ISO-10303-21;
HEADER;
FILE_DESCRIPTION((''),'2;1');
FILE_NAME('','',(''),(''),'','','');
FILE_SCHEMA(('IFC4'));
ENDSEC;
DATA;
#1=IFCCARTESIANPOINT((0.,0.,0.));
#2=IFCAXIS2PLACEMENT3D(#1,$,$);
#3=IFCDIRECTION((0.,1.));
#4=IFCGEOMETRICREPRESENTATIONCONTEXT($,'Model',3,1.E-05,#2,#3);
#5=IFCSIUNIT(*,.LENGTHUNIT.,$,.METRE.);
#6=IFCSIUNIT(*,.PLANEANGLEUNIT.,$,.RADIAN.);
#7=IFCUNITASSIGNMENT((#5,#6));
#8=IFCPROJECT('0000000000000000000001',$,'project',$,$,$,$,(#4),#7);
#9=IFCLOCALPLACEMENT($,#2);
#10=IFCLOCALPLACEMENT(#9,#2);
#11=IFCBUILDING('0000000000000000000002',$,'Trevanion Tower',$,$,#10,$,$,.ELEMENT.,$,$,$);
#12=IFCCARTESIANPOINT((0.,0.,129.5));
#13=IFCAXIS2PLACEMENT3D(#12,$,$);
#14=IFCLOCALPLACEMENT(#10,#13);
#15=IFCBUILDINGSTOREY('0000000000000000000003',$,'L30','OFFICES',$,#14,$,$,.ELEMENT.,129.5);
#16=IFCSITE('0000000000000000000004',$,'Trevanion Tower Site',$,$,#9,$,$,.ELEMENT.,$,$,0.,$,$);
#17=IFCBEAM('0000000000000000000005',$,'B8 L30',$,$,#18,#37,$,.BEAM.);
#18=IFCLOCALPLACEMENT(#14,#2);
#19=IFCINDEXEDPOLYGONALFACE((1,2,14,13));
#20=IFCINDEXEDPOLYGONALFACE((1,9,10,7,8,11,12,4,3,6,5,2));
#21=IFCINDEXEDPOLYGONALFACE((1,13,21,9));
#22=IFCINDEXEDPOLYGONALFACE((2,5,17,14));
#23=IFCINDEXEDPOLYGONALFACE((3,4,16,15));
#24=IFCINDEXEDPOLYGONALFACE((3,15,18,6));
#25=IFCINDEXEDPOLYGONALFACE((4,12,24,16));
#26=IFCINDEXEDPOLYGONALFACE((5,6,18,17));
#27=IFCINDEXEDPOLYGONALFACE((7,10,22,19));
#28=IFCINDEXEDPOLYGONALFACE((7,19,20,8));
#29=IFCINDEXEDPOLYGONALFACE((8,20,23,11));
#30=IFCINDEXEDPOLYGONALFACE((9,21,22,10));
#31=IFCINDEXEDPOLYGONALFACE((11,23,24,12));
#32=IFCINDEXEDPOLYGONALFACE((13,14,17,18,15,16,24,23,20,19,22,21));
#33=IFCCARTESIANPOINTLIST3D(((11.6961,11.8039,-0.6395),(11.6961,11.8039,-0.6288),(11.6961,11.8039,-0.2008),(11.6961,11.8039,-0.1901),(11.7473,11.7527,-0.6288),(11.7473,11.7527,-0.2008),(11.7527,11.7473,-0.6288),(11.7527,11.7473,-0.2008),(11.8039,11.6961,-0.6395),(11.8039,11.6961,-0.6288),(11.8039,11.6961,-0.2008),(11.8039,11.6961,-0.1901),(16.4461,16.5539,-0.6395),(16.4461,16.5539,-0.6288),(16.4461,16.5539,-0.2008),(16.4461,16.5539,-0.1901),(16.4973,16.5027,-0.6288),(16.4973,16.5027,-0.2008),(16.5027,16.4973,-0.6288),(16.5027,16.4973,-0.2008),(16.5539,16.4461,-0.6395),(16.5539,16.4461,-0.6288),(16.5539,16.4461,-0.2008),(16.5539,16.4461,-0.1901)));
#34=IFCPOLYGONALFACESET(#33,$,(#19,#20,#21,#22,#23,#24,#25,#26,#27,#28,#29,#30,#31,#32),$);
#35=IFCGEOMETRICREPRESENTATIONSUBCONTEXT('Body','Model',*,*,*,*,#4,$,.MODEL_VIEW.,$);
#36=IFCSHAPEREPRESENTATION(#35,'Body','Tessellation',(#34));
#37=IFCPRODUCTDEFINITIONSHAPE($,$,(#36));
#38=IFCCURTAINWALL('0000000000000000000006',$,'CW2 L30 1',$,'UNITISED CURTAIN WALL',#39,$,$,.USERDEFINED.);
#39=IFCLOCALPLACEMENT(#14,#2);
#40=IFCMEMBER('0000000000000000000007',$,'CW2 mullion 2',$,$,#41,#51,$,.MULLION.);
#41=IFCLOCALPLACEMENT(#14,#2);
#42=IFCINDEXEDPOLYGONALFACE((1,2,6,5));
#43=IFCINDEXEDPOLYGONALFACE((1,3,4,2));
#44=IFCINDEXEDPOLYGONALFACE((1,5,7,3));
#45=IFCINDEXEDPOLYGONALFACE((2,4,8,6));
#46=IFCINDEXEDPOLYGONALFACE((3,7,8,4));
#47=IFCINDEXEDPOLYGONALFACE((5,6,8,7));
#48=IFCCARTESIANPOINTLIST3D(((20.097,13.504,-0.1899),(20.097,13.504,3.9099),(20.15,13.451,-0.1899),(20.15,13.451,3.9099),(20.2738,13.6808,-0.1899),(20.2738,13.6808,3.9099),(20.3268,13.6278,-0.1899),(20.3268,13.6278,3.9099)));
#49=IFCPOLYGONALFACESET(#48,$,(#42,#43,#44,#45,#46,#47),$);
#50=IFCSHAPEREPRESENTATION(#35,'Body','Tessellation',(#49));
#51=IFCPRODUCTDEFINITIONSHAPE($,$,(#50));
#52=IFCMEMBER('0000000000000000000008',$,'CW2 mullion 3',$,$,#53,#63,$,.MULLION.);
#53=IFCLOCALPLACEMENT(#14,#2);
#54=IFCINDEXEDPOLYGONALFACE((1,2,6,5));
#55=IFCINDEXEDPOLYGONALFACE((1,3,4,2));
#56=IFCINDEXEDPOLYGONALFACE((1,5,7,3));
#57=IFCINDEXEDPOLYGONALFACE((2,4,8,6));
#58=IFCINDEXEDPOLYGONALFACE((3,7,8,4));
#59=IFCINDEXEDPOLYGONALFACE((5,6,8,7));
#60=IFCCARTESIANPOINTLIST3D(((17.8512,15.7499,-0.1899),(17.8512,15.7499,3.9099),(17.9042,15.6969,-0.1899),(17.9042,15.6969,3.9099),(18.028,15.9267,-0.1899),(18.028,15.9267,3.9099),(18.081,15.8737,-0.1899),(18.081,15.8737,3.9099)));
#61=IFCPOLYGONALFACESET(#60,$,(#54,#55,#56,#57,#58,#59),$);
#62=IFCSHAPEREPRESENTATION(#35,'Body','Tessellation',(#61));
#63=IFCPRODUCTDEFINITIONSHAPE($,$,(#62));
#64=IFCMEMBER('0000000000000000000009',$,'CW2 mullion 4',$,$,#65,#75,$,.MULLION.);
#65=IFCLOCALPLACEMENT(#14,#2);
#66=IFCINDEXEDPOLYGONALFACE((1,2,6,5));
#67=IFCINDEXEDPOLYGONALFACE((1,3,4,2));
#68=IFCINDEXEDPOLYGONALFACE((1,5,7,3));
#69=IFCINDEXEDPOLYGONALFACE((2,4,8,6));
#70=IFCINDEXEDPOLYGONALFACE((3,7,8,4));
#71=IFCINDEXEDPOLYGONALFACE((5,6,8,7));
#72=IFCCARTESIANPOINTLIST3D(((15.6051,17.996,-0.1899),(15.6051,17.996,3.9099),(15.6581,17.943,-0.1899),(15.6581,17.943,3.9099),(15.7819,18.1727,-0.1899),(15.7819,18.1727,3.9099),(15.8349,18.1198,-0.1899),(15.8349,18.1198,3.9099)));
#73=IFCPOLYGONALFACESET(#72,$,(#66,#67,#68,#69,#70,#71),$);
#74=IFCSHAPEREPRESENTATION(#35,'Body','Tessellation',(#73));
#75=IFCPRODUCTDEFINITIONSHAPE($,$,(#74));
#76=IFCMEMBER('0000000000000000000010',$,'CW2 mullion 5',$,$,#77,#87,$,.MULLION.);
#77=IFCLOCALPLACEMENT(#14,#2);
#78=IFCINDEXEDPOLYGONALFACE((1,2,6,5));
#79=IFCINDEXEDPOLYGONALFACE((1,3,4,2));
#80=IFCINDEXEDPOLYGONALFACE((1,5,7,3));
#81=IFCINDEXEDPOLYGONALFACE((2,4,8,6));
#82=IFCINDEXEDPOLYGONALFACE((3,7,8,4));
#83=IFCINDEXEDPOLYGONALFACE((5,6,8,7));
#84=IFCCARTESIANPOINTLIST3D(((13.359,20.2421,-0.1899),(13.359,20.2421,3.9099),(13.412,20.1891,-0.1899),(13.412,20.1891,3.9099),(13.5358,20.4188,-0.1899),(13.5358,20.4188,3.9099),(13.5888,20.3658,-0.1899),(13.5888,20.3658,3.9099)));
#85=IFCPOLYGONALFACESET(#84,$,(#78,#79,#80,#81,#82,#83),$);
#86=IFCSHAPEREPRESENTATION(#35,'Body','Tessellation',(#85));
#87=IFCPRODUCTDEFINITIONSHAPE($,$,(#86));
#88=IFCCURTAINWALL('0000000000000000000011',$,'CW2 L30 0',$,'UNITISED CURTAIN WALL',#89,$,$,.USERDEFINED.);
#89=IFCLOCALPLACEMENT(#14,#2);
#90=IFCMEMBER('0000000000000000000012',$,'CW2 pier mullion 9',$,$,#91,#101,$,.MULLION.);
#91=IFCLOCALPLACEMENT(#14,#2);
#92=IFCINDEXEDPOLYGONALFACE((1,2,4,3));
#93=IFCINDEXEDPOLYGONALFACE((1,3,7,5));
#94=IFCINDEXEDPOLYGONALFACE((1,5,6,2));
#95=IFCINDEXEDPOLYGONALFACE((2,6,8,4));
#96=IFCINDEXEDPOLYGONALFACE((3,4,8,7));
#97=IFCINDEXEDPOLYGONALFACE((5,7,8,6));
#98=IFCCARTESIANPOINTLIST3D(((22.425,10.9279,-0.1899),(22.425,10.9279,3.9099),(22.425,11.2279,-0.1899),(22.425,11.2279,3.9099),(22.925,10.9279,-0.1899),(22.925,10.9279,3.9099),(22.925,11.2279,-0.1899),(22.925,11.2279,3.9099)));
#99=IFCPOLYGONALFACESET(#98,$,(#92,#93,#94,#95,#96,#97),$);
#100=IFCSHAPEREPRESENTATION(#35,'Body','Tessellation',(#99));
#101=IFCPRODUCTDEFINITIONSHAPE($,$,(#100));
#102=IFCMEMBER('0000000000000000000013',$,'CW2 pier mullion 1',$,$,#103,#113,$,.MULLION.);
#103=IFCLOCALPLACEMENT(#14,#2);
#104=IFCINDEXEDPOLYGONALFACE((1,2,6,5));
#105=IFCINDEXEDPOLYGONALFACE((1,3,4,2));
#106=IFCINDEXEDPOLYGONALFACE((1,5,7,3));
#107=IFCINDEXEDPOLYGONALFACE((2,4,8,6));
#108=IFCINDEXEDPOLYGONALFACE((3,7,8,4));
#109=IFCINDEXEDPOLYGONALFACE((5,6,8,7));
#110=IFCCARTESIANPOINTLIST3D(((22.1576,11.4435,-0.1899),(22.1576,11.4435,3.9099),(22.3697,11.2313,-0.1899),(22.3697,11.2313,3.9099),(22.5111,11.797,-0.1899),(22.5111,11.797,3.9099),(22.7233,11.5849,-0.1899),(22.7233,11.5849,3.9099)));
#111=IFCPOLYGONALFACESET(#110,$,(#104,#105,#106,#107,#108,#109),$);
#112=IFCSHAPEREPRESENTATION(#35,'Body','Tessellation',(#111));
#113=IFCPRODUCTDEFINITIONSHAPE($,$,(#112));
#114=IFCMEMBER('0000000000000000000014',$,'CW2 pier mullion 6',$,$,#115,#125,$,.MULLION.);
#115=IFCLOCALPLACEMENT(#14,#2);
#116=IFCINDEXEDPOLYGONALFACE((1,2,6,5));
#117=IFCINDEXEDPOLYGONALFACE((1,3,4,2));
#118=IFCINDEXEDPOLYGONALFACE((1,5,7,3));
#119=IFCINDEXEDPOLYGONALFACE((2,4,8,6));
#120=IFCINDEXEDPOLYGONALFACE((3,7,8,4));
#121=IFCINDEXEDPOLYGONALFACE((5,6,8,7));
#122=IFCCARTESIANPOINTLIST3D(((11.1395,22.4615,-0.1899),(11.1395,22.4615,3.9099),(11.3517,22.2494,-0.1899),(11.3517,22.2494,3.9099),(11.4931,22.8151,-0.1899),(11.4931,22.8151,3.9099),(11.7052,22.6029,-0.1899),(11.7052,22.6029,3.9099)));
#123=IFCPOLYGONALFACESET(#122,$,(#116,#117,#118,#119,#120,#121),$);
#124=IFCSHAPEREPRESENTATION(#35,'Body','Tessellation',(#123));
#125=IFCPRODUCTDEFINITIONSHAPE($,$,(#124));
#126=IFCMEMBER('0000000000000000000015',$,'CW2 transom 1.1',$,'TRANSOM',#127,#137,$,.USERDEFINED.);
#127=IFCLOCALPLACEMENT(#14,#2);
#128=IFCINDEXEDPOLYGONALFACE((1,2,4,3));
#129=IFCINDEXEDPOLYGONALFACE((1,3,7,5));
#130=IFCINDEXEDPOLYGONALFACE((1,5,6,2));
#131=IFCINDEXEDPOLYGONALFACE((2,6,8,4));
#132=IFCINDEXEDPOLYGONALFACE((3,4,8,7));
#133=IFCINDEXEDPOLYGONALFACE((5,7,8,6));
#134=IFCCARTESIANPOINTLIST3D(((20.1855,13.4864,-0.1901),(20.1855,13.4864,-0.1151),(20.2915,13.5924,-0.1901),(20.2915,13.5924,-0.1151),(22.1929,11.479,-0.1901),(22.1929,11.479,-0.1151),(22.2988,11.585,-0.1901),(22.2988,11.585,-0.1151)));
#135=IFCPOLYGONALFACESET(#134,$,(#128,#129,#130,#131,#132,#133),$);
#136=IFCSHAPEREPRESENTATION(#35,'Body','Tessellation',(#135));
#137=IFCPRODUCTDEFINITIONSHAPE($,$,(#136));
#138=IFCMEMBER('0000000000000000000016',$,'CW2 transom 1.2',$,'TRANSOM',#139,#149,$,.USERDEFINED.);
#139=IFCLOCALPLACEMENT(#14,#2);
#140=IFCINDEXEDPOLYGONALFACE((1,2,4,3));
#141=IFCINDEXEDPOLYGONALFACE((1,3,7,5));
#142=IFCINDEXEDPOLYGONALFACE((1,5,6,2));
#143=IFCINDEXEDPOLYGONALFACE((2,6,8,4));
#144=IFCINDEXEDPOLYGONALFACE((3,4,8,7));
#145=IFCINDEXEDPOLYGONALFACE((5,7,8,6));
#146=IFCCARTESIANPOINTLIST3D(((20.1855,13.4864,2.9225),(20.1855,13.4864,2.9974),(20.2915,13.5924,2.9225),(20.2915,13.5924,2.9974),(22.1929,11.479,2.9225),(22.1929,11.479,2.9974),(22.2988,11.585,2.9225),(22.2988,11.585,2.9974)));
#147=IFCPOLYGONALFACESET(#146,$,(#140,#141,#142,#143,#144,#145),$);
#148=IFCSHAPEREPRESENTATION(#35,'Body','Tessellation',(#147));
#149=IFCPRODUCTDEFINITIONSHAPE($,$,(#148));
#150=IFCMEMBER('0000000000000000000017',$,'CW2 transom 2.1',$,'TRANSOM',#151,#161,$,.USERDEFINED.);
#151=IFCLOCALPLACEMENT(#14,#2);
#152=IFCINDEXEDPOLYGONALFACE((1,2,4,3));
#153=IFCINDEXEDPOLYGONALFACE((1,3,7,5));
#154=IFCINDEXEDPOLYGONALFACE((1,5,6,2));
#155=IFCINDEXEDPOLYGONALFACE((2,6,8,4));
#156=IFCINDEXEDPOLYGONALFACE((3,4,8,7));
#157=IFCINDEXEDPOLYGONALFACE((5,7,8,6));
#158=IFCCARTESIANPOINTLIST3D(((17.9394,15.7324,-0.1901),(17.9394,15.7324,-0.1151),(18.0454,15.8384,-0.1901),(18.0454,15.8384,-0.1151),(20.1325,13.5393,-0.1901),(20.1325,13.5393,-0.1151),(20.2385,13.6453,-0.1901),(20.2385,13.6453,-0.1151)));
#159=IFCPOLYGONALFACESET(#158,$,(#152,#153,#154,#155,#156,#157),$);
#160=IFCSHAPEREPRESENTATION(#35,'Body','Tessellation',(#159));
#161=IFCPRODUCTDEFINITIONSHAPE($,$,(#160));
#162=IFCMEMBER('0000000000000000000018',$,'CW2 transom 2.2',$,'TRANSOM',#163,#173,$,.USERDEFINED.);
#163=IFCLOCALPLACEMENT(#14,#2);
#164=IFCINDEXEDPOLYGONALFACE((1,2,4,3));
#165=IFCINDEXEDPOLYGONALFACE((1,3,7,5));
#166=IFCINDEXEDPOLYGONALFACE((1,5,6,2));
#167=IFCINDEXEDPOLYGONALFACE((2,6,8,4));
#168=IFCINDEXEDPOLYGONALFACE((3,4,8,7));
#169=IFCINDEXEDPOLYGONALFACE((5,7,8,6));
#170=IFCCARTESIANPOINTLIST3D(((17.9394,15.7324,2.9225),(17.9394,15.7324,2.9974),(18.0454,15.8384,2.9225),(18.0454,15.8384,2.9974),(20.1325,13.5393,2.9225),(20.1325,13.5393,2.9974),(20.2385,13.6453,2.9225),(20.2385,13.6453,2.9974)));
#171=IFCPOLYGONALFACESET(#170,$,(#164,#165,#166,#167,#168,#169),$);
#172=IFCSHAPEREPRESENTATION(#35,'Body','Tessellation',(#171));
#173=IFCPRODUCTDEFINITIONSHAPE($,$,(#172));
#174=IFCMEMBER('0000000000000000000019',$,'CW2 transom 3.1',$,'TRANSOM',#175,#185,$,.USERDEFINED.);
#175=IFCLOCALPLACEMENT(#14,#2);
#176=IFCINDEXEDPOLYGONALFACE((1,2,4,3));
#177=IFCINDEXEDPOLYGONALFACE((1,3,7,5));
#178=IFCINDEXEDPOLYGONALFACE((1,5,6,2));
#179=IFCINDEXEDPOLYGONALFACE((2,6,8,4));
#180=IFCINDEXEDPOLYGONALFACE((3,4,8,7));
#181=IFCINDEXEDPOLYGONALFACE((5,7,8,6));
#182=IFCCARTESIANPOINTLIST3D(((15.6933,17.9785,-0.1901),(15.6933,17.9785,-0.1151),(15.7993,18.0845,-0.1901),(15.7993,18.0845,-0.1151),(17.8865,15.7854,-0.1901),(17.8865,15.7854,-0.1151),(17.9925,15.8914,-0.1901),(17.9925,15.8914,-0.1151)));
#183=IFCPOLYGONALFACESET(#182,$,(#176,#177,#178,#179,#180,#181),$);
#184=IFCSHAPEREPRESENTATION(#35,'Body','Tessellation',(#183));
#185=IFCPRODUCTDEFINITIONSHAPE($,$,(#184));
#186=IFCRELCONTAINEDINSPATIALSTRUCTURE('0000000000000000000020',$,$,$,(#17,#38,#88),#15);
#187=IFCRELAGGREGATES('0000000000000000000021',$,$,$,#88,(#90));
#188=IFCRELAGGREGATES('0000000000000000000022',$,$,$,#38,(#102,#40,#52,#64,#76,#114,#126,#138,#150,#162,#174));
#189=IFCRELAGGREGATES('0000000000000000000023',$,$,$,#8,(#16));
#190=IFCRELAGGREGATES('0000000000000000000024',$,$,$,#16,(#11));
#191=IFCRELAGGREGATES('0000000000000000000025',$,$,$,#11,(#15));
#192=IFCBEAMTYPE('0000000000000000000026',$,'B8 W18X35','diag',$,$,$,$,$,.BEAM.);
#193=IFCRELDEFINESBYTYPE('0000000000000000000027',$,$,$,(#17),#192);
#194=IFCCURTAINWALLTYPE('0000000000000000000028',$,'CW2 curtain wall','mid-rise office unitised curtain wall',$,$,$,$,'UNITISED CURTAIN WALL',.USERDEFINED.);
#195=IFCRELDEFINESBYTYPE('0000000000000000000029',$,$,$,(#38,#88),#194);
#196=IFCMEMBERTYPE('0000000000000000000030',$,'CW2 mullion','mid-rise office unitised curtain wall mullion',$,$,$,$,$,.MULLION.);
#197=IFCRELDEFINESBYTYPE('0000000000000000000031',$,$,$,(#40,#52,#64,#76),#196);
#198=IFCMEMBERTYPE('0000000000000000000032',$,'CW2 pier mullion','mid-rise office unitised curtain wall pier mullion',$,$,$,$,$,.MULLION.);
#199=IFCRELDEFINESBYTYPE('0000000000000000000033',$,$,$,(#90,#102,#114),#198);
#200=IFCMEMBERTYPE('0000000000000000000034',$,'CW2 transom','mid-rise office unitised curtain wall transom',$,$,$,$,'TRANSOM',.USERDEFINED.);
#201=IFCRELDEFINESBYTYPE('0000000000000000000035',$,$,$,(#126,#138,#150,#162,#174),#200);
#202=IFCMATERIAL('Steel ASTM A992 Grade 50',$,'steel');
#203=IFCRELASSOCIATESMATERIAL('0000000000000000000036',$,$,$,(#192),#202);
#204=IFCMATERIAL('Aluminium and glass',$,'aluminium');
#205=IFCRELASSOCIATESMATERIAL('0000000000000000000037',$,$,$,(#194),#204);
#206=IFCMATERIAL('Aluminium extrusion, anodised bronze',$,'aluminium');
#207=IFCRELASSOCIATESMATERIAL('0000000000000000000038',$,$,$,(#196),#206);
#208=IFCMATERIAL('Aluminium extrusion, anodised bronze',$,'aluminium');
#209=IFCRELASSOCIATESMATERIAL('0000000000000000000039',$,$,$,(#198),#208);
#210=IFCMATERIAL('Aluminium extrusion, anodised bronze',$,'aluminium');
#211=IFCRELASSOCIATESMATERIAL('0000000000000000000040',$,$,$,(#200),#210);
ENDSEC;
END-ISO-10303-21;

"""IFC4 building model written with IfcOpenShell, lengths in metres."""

from ifc_helpers import new_model, si_unit, direction, frame, origin, origin_2d, place, context, subcontext, project, spatial, rectangle, i_section, extrude, material, material_profile, profile_set, type_object, element, aggregate, save


model = new_model("IFC4")

# Units and contexts
model_context = context("Model", 3, precision=1e-05, world=origin(), true_north=direction((0.0, 1.0)))
body_context = subcontext(model_context, "Body", "Model", "MODEL_VIEW")
ifc_project = project(units=[si_unit("LENGTHUNIT", "METRE"), si_unit("PLANEANGLEUNIT", "RADIAN")], contexts=[model_context])

# Site, building, storey
site_placement = place(None, origin())
site = spatial("IfcSite", under=ifc_project, at=site_placement, Name="Trevanion Tower Site", CompositionType="ELEMENT", RefElevation=0.0)
building_placement = place(site_placement, origin())
building = spatial("IfcBuilding", under=site, at=building_placement, Name="Trevanion Tower", CompositionType="ELEMENT")
storey_placement = place(building_placement, frame((0.0, 0.0, 129.5)))
storey = spatial("IfcBuildingStorey", under=building, at=storey_placement, Name="L30", Description="OFFICES", CompositionType="ELEMENT", Elevation=129.5)

# Beam
ifc_material_1 = material(Name="Steel ASTM A992 Grade 50", Category="steel")
ifc_material_profile_1 = material_profile(ifc_material_1, i_section(OverallWidth=0.1523, OverallDepth=0.4495, WebThickness=0.0076, FlangeThickness=0.0107, at=origin_2d()), Name="W18X35")
ifc_profile_set_1 = profile_set([ifc_material_profile_1], Name="Steel ASTM A992 Grade 50")
beam_type_1 = type_object("IfcBeamType", Name="B8 W18X35", Description="diag", PredefinedType="BEAM", material=ifc_profile_set_1)
beam_1_placement = place(storey_placement, frame((11.75, 11.75, -0.4148), z_axis=(0.707107, 0.707107, 0.0), x_axis=(-0.707107, 0.707107, 0.0)))
element("IfcBeam", 1, at=beam_1_placement, inside=storey, type_object=beam_type_1, Name="B8 L30", PredefinedType="BEAM", context=body_context, shape_type="SweptSolid", body=[
    extrude(i_section(OverallWidth=0.1523, OverallDepth=0.4495, WebThickness=0.0076, FlangeThickness=0.0107, at=origin_2d()), origin(), (0.0, 0.0, 1.0), 6.7175),
])

# Curtain wall, members
ifc_material_2 = material(Name="Aluminium and glass", Category="aluminium")
curtain_wall_type = type_object("IfcCurtainWallType", Name="CW2 curtain wall", Description="mid-rise office unitised curtain wall", ElementType="UNITISED CURTAIN WALL", PredefinedType="USERDEFINED", material=ifc_material_2)
curtain_wall_1_placement = place(storey_placement, origin())
curtain_wall_1 = element("IfcCurtainWall", 2, at=curtain_wall_1_placement, inside=storey, type_object=curtain_wall_type, Name="CW2 L30 1", ObjectType="UNITISED CURTAIN WALL", PredefinedType="USERDEFINED")
ifc_material_3 = material(Name="Aluminium extrusion, anodised bronze", Category="aluminium")
ifc_material_profile_2 = material_profile(ifc_material_3, rectangle(XDim=0.075, YDim=0.25, at=origin_2d()), Name="CW2 mullion")
ifc_profile_set_2 = profile_set([ifc_material_profile_2], Name="Aluminium extrusion, anodised bronze")
member_type_1 = type_object("IfcMemberType", Name="CW2 mullion", Description="mid-rise office unitised curtain wall mullion", PredefinedType="MULLION", material=ifc_profile_set_2)
member_1_placement = place(storey_placement, frame((20.2119, 13.5659, -0.1899), z_axis=(0.0, 0.0, 1.0), x_axis=(-0.707107, 0.707107, 0.0)))
member_1 = element("IfcMember", 3, at=member_1_placement, type_object=member_type_1, Name="CW2 mullion 2", PredefinedType="MULLION", context=body_context, shape_type="SweptSolid", body=[
    extrude(rectangle(XDim=0.075, YDim=0.25, at=origin_2d()), origin(), (0.0, 0.0, 1.0), 4.0999),
])
member_2_placement = place(storey_placement, frame((17.9661, 15.8118, -0.1899), z_axis=(0.0, 0.0, 1.0), x_axis=(-0.707107, 0.707107, 0.0)))
member_2 = element("IfcMember", 4, at=member_2_placement, type_object=member_type_1, Name="CW2 mullion 3", PredefinedType="MULLION", context=body_context, shape_type="SweptSolid", body=[
    extrude(rectangle(XDim=0.075, YDim=0.25, at=origin_2d()), origin(), (0.0, 0.0, 1.0), 4.0999),
])
member_3_placement = place(storey_placement, frame((15.72, 18.0579, -0.1899), z_axis=(0.0, 0.0, 1.0), x_axis=(-0.707107, 0.707107, 0.0)))
member_3 = element("IfcMember", 5, at=member_3_placement, type_object=member_type_1, Name="CW2 mullion 4", PredefinedType="MULLION", context=body_context, shape_type="SweptSolid", body=[
    extrude(rectangle(XDim=0.075, YDim=0.25, at=origin_2d()), origin(), (0.0, 0.0, 1.0), 4.0999),
])
member_4_placement = place(storey_placement, frame((13.4739, 20.304, -0.1899), z_axis=(0.0, 0.0, 1.0), x_axis=(-0.707107, 0.707107, 0.0)))
member_4 = element("IfcMember", 6, at=member_4_placement, type_object=member_type_1, Name="CW2 mullion 5", PredefinedType="MULLION", context=body_context, shape_type="SweptSolid", body=[
    extrude(rectangle(XDim=0.075, YDim=0.25, at=origin_2d()), origin(), (0.0, 0.0, 1.0), 4.0999),
])

# Curtain wall, member
curtain_wall_2_placement = place(storey_placement, origin())
curtain_wall_2 = element("IfcCurtainWall", 7, at=curtain_wall_2_placement, inside=storey, type_object=curtain_wall_type, Name="CW2 L30 0", ObjectType="UNITISED CURTAIN WALL", PredefinedType="USERDEFINED")
ifc_material_4 = material(Name="Aluminium extrusion, anodised bronze", Category="aluminium")
ifc_material_profile_3 = material_profile(ifc_material_4, rectangle(XDim=0.3, YDim=0.5, at=origin_2d()), Name="CW2 pier mullion")
ifc_profile_set_3 = profile_set([ifc_material_profile_3], Name="Aluminium extrusion, anodised bronze")
member_type_2 = type_object("IfcMemberType", Name="CW2 pier mullion", Description="mid-rise office unitised curtain wall pier mullion", PredefinedType="MULLION", material=ifc_profile_set_3)
member_5_placement = place(storey_placement, frame((22.675, 11.0779, -0.1899), z_axis=(0.0, 0.0, 1.0), x_axis=(0.0, 1.0, 0.0)))
member_5 = element("IfcMember", 8, at=member_5_placement, type_object=member_type_2, Name="CW2 pier mullion 9", PredefinedType="MULLION", context=body_context, shape_type="SweptSolid", body=[
    extrude(rectangle(XDim=0.3, YDim=0.5, at=origin_2d()), origin(), (0.0, 0.0, 1.0), 4.0999),
])
aggregate(curtain_wall_2, [member_5])

# Members
member_6_placement = place(storey_placement, frame((22.4404, 11.5142, -0.1899), z_axis=(0.0, 0.0, 1.0), x_axis=(-0.707107, 0.707107, 0.0)))
member_6 = element("IfcMember", 9, at=member_6_placement, type_object=member_type_2, Name="CW2 pier mullion 1", PredefinedType="MULLION", context=body_context, shape_type="SweptSolid", body=[
    extrude(rectangle(XDim=0.3, YDim=0.5, at=origin_2d()), origin(), (0.0, 0.0, 1.0), 4.0999),
])
member_7_placement = place(storey_placement, frame((11.4224, 22.5322, -0.1899), z_axis=(0.0, 0.0, 1.0), x_axis=(-0.707107, 0.707107, 0.0)))
member_7 = element("IfcMember", 10, at=member_7_placement, type_object=member_type_2, Name="CW2 pier mullion 6", PredefinedType="MULLION", context=body_context, shape_type="SweptSolid", body=[
    extrude(rectangle(XDim=0.3, YDim=0.5, at=origin_2d()), origin(), (0.0, 0.0, 1.0), 4.0999),
])
ifc_material_5 = material(Name="Aluminium extrusion, anodised bronze", Category="aluminium")
ifc_material_profile_4 = material_profile(ifc_material_5, rectangle(XDim=0.1499, YDim=0.075, at=origin_2d()), Name="CW2 transom")
ifc_profile_set_4 = profile_set([ifc_material_profile_4], Name="Aluminium extrusion, anodised bronze")
member_type_3 = type_object("IfcMemberType", Name="CW2 transom", Description="mid-rise office unitised curtain wall transom", ElementType="TRANSOM", PredefinedType="USERDEFINED", material=ifc_profile_set_4)
member_8_placement = place(storey_placement, frame((22.2458, 11.532, -0.1526), z_axis=(-0.707107, 0.707107, 0.0), x_axis=(-0.707107, -0.707107, 0.0)))
member_8 = element("IfcMember", 11, at=member_8_placement, type_object=member_type_3, Name="CW2 transom 1.1", ObjectType="TRANSOM", PredefinedType="USERDEFINED", context=body_context, shape_type="SweptSolid", body=[
    extrude(rectangle(XDim=0.1499, YDim=0.075, at=origin_2d()), origin(), (0.0, 0.0, 1.0), 2.8389),
])
member_9_placement = place(storey_placement, frame((22.2458, 11.532, 2.96), z_axis=(-0.707107, 0.707107, 0.0), x_axis=(-0.707107, -0.707107, 0.0)))
member_9 = element("IfcMember", 12, at=member_9_placement, type_object=member_type_3, Name="CW2 transom 1.2", ObjectType="TRANSOM", PredefinedType="USERDEFINED", context=body_context, shape_type="SweptSolid", body=[
    extrude(rectangle(XDim=0.1499, YDim=0.075, at=origin_2d()), origin(), (0.0, 0.0, 1.0), 2.8389),
])
member_10_placement = place(storey_placement, frame((20.1855, 13.5923, -0.1526), z_axis=(-0.707107, 0.707107, 0.0), x_axis=(-0.707107, -0.707107, 0.0)))
member_10 = element("IfcMember", 13, at=member_10_placement, type_object=member_type_3, Name="CW2 transom 2.1", ObjectType="TRANSOM", PredefinedType="USERDEFINED", context=body_context, shape_type="SweptSolid", body=[
    extrude(rectangle(XDim=0.1499, YDim=0.075, at=origin_2d()), origin(), (0.0, 0.0, 1.0), 3.1016),
])
member_11_placement = place(storey_placement, frame((20.1855, 13.5923, 2.96), z_axis=(-0.707107, 0.707107, 0.0), x_axis=(-0.707107, -0.707107, 0.0)))
member_11 = element("IfcMember", 14, at=member_11_placement, type_object=member_type_3, Name="CW2 transom 2.2", ObjectType="TRANSOM", PredefinedType="USERDEFINED", context=body_context, shape_type="SweptSolid", body=[
    extrude(rectangle(XDim=0.1499, YDim=0.075, at=origin_2d()), origin(), (0.0, 0.0, 1.0), 3.1016),
])
member_12_placement = place(storey_placement, frame((17.9395, 15.8384, -0.1526), z_axis=(-0.707107, 0.707107, 0.0), x_axis=(-0.707107, -0.707107, 0.0)))
member_12 = element("IfcMember", 15, at=member_12_placement, type_object=member_type_3, Name="CW2 transom 3.1", ObjectType="TRANSOM", PredefinedType="USERDEFINED", context=body_context, shape_type="SweptSolid", body=[
    extrude(rectangle(XDim=0.1499, YDim=0.075, at=origin_2d()), origin(), (0.0, 0.0, 1.0), 3.1016),
])

aggregate(curtain_wall_1, [member_6, member_1, member_2, member_3, member_4, member_7, member_8, member_9, member_10, member_11, member_12])

save(model, "model.ifc")
